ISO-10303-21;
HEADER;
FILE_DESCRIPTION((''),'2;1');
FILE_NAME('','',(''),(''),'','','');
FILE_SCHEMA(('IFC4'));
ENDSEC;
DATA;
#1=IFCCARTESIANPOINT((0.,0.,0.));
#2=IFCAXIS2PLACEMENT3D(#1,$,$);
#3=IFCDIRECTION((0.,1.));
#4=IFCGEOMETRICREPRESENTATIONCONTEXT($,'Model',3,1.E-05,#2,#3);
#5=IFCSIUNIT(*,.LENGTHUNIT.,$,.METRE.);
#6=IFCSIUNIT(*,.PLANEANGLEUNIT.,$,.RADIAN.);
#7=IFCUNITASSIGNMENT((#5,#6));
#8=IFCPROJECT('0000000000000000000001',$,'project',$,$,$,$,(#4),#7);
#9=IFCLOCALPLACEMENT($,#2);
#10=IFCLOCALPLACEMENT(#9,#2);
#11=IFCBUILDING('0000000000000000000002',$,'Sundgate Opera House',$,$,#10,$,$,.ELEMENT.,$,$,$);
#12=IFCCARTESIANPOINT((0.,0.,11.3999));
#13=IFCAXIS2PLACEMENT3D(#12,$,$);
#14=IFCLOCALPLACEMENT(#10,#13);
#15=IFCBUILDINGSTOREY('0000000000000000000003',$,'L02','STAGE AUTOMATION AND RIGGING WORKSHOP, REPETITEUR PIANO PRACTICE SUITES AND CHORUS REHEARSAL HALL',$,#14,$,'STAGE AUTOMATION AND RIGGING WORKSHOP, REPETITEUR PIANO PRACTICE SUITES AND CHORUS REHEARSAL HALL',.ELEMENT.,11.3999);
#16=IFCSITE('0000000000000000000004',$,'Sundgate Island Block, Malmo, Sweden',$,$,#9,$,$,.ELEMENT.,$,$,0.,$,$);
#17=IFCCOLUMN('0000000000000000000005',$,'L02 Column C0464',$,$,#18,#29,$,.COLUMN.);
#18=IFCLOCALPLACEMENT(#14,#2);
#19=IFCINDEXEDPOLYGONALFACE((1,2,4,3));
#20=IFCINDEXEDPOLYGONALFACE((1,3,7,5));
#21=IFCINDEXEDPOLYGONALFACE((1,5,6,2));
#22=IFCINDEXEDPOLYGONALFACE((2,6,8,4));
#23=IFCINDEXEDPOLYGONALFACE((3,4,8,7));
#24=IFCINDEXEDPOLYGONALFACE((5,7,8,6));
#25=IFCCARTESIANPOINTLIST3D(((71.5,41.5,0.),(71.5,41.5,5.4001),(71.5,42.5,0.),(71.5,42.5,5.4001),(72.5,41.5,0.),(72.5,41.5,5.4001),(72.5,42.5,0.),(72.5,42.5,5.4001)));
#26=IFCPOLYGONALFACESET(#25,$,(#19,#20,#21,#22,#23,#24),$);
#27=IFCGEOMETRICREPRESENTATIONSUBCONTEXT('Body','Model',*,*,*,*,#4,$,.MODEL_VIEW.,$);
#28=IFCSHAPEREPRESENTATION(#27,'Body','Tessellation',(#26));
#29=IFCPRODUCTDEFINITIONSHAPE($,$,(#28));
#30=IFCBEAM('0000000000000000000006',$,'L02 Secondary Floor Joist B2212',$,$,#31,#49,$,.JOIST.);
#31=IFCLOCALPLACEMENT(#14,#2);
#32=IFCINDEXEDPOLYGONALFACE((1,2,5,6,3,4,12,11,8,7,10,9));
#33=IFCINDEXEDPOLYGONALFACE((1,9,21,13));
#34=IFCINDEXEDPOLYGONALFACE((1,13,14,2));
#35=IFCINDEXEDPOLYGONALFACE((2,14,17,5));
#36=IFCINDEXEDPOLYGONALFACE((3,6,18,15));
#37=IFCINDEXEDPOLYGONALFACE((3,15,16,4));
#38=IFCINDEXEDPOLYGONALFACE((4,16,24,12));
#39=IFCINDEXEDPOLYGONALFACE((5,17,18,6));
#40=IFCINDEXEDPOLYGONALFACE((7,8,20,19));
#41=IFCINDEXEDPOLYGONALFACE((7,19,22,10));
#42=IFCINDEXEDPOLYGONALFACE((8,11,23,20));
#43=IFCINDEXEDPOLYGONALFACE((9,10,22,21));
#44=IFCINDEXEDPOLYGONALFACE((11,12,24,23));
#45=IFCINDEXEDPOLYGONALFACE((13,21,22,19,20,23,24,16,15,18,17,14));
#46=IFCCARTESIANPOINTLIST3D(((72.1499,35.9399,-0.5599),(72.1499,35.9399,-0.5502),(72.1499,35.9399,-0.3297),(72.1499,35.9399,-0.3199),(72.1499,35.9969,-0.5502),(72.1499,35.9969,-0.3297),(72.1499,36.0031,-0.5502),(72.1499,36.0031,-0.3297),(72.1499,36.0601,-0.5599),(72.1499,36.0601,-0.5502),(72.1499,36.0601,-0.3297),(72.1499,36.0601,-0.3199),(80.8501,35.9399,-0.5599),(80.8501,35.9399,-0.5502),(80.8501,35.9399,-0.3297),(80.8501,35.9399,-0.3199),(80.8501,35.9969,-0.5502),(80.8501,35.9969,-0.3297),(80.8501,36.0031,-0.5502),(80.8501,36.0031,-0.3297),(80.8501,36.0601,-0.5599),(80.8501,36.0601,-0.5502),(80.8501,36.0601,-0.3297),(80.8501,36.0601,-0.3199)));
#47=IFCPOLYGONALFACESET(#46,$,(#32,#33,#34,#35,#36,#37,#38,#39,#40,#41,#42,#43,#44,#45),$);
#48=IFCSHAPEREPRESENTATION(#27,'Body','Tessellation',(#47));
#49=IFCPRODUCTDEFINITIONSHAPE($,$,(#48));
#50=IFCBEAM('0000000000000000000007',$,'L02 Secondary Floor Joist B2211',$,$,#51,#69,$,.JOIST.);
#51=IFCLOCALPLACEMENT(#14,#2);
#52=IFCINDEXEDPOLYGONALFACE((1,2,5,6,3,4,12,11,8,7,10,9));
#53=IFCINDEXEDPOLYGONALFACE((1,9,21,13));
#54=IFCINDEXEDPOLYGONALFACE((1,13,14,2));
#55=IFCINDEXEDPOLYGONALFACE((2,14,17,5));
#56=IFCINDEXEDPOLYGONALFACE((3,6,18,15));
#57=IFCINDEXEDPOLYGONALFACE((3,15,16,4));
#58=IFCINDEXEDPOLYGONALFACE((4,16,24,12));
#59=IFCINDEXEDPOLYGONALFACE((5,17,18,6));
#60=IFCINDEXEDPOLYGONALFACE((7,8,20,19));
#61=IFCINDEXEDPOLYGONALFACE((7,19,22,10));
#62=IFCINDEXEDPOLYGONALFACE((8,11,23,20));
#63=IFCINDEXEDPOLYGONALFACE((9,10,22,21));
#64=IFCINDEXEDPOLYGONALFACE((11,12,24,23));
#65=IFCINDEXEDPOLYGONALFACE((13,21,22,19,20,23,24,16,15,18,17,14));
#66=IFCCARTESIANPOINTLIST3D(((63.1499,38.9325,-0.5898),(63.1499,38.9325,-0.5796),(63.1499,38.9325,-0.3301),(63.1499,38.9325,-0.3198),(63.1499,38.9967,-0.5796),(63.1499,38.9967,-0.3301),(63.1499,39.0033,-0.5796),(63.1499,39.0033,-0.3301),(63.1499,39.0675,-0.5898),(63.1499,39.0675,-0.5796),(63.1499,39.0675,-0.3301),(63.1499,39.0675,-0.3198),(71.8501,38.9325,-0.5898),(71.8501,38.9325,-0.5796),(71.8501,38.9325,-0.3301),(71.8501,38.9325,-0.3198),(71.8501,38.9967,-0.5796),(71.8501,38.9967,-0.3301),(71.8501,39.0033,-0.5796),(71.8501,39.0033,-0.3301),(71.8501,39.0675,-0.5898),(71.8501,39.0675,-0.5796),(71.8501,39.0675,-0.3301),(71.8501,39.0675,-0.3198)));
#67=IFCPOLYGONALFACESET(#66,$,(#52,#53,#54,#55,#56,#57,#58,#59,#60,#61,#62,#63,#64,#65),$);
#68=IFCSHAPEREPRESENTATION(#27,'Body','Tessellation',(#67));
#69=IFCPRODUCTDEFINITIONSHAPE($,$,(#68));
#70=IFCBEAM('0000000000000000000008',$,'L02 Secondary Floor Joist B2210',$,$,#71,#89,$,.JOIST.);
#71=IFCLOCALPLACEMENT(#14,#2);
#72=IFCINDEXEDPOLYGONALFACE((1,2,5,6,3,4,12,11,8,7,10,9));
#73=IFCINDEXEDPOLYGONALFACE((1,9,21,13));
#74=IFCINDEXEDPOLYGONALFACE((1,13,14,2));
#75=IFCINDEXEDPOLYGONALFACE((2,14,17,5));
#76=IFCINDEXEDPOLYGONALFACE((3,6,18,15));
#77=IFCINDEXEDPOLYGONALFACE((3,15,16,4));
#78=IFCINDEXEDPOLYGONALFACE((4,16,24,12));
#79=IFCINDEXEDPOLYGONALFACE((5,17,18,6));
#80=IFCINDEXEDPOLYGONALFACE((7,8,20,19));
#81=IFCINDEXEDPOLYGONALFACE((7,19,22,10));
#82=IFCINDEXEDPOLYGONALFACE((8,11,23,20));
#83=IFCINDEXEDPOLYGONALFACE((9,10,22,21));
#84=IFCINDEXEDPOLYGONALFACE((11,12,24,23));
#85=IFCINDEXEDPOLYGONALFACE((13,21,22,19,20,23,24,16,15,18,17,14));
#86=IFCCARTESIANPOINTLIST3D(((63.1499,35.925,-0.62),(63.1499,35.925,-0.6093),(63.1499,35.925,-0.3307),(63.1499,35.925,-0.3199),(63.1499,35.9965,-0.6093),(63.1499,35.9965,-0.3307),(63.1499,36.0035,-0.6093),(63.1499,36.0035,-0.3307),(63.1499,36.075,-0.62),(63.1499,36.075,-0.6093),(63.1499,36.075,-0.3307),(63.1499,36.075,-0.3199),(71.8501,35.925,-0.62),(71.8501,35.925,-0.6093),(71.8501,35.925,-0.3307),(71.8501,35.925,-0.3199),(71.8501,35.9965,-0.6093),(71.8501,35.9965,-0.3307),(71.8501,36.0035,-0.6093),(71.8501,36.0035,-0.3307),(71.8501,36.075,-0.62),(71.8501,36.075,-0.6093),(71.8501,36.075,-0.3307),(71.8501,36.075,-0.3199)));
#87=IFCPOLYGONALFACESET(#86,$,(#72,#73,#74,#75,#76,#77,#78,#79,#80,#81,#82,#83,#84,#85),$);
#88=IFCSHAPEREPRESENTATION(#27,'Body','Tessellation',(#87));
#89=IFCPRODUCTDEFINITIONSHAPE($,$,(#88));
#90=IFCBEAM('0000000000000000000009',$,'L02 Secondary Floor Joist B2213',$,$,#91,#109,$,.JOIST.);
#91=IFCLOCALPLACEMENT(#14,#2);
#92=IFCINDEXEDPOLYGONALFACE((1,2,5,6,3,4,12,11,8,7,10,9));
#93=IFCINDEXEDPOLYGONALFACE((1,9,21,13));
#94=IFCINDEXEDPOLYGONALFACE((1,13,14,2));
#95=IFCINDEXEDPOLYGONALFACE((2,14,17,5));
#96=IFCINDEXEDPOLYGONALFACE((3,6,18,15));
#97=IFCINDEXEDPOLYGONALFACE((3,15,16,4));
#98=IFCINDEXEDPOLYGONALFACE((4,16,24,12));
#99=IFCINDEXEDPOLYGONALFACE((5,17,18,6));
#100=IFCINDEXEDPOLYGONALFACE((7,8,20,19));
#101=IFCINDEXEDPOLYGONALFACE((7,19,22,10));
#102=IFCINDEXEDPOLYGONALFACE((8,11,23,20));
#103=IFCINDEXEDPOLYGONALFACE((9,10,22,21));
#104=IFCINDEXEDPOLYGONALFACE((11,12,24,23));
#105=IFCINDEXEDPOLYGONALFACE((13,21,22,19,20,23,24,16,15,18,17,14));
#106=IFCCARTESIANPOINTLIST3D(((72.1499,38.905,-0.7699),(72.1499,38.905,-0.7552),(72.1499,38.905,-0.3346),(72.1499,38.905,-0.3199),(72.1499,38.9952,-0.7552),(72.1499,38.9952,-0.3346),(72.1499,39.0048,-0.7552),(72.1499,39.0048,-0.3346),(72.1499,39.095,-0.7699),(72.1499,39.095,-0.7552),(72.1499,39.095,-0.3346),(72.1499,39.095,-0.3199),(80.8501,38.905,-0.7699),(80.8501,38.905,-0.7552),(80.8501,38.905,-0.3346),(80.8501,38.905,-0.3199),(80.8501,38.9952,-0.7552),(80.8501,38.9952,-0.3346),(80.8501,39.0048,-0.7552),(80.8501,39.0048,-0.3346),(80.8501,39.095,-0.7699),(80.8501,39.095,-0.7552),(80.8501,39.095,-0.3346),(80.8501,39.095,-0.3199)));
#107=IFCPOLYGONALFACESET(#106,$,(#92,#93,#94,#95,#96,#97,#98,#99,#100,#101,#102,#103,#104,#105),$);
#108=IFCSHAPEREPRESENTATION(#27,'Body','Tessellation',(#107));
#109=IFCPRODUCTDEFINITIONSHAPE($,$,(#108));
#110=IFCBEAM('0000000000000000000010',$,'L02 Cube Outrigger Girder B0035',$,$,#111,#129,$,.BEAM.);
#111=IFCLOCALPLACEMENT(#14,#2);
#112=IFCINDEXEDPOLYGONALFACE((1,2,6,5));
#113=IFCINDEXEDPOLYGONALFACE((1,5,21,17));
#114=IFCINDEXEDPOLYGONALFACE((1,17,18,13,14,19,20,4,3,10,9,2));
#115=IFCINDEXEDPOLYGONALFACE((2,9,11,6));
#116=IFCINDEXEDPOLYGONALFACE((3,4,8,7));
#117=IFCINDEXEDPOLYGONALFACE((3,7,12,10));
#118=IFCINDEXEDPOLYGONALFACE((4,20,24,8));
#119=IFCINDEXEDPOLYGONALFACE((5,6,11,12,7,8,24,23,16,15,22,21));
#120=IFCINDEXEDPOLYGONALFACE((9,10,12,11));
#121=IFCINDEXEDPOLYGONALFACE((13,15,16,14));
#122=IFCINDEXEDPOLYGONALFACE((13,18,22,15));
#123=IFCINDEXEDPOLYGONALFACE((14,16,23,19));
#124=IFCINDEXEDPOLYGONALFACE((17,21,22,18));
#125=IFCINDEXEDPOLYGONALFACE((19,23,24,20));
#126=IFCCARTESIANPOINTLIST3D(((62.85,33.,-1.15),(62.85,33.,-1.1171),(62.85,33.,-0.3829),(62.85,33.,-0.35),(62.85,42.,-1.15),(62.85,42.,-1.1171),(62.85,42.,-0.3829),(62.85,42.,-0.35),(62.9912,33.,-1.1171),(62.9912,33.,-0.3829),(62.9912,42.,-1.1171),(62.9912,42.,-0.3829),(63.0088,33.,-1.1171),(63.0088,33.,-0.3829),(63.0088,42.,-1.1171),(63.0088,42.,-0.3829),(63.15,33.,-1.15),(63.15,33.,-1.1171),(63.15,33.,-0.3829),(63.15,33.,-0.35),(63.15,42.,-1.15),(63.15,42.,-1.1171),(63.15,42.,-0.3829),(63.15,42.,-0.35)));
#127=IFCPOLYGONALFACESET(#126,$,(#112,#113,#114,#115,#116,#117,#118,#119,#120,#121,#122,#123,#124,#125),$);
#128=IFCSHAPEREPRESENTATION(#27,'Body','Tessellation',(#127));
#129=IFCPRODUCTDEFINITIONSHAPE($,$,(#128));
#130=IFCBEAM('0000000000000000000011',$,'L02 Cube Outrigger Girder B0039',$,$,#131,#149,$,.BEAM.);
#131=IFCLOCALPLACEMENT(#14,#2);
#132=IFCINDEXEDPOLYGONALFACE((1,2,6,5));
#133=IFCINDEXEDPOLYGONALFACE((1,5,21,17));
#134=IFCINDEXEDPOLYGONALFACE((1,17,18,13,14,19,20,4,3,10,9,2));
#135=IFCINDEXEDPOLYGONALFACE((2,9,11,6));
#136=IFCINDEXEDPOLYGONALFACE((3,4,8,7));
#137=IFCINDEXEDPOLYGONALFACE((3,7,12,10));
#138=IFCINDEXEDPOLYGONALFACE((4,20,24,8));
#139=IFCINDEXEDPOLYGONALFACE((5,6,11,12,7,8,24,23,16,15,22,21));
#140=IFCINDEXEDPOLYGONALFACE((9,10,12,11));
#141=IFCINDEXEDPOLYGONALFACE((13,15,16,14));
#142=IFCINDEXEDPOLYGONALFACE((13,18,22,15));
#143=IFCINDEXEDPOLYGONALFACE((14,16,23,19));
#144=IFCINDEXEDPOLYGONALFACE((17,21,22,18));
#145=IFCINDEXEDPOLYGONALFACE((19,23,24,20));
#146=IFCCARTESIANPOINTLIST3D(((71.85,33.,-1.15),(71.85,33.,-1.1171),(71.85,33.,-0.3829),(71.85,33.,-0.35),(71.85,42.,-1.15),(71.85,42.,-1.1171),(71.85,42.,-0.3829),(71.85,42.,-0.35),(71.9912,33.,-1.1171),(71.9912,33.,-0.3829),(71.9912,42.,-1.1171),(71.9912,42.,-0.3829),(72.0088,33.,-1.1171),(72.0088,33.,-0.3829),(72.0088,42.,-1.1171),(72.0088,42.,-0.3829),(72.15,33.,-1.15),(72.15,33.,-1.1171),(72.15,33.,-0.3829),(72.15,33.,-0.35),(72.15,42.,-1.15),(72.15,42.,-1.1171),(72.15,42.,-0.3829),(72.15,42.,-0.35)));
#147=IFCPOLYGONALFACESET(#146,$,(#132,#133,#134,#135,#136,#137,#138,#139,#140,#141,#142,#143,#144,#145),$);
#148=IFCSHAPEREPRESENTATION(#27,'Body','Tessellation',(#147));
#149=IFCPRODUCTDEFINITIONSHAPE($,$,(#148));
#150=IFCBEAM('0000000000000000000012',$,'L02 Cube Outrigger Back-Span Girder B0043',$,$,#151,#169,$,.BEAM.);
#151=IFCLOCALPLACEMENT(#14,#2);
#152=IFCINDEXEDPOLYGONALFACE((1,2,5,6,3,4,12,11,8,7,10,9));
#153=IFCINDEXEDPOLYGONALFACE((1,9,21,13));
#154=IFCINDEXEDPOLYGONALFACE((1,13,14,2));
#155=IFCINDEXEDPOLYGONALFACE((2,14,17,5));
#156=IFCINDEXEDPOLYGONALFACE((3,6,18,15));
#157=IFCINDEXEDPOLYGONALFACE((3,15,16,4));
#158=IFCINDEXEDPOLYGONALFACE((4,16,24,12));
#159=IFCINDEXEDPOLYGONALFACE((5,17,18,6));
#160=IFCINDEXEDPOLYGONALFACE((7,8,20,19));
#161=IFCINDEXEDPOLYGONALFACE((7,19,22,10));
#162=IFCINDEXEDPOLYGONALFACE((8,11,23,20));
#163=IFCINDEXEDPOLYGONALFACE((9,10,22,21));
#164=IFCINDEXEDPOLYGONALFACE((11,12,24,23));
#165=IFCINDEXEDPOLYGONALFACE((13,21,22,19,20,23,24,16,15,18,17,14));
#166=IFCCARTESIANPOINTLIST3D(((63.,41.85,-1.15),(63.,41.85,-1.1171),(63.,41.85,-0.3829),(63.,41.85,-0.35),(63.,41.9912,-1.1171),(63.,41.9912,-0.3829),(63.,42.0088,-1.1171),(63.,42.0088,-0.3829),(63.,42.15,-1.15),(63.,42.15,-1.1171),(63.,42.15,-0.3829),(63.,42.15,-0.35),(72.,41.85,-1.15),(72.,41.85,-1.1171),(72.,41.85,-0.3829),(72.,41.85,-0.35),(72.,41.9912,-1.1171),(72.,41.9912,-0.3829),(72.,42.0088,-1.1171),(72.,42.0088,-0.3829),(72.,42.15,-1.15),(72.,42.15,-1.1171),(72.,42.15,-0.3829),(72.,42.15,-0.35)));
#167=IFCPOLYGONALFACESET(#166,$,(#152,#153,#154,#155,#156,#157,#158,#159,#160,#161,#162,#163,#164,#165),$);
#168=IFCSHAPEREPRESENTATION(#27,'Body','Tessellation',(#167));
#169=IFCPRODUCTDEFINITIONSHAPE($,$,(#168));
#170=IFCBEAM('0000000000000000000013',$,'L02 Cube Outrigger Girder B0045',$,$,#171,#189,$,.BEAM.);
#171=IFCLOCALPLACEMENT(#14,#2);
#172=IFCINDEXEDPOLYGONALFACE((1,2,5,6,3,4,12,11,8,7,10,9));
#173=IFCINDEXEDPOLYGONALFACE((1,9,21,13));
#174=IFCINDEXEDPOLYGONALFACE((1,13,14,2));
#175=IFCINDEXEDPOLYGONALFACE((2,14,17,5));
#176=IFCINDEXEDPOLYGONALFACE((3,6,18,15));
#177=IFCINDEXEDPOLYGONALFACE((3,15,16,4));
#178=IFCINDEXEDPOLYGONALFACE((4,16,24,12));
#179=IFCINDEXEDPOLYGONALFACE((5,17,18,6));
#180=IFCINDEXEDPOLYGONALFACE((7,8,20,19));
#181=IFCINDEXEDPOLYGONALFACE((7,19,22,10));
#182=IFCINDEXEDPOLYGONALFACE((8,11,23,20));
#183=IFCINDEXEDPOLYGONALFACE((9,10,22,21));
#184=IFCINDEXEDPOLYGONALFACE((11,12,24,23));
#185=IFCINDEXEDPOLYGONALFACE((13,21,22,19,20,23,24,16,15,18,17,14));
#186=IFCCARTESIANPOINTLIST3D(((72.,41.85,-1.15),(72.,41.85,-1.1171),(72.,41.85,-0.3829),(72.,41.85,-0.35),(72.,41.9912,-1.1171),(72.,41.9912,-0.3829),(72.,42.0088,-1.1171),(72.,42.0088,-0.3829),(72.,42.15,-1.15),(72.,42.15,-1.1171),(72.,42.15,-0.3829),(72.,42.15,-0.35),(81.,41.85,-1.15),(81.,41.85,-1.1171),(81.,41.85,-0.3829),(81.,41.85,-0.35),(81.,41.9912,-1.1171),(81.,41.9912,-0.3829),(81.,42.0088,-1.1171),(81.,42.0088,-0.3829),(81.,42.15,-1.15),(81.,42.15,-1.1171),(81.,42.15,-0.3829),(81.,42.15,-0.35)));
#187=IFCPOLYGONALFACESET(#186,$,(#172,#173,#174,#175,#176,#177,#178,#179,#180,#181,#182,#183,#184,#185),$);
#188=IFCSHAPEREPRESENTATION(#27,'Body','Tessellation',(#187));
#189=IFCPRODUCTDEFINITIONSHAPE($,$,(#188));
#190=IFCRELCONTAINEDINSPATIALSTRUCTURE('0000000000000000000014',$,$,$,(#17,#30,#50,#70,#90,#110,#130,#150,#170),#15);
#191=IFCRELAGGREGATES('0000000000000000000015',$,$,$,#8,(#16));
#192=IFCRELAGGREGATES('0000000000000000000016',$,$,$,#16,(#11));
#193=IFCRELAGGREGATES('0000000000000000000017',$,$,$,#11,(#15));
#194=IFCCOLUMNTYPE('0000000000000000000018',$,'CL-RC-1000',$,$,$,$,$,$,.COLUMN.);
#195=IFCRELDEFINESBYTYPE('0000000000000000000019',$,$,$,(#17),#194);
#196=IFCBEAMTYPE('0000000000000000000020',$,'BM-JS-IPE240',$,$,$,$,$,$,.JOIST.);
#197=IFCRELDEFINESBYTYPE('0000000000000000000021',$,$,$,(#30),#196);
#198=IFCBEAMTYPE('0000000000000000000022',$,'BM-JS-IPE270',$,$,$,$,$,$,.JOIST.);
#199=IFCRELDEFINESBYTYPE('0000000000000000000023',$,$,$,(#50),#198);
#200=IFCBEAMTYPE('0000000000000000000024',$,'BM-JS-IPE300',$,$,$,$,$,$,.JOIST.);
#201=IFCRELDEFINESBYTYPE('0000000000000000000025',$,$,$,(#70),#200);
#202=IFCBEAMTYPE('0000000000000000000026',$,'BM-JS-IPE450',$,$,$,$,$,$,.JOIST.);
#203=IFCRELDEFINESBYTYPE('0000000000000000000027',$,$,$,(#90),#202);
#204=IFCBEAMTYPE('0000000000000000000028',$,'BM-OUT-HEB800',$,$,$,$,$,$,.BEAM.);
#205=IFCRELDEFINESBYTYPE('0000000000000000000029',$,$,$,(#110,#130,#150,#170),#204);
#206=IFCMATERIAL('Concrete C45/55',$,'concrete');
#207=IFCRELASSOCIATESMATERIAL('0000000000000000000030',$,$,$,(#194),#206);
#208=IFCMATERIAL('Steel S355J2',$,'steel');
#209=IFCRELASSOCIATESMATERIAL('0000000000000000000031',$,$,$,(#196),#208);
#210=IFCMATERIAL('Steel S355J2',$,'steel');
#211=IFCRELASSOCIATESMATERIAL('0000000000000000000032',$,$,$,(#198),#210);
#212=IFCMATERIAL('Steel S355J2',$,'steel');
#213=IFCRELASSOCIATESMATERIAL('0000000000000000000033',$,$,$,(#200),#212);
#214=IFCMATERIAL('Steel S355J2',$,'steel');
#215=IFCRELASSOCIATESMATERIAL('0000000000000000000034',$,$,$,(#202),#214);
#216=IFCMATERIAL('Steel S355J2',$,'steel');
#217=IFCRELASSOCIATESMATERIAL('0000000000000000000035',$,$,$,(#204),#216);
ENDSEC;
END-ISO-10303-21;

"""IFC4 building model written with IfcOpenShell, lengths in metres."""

from ifc_helpers import new_model, si_unit, direction, frame, origin, origin_2d, place, context, subcontext, project, spatial, rectangle, i_section, extrude, material, material_profile, profile_set, type_object, element, save


model = new_model("IFC4")

# Units and contexts
model_context = context("Model", 3, precision=1e-05, world=origin(), true_north=direction((0.0, 1.0)))
body_context = subcontext(model_context, "Body", "Model", "MODEL_VIEW")
ifc_project = project(units=[si_unit("LENGTHUNIT", "METRE"), si_unit("PLANEANGLEUNIT", "RADIAN")], contexts=[model_context])

# Site, building, storey
site_placement = place(None, origin())
site = spatial("IfcSite", under=ifc_project, at=site_placement, Name="Sundgate Island Block, Malmo, Sweden", CompositionType="ELEMENT", RefElevation=0.0)
building_placement = place(site_placement, origin())
building = spatial("IfcBuilding", under=site, at=building_placement, Name="Sundgate Opera House", CompositionType="ELEMENT")
storey_placement = place(building_placement, frame((0.0, 0.0, 11.3999)))
storey = spatial("IfcBuildingStorey", under=building, at=storey_placement, Name="L02", Description="STAGE AUTOMATION AND RIGGING WORKSHOP, REPETITEUR PIANO PRACTICE SUITES AND CHORUS REHEARSAL HALL", LongName="STAGE AUTOMATION AND RIGGING WORKSHOP, REPETITEUR PIANO PRACTICE SUITES AND CHORUS REHEARSAL HALL", CompositionType="ELEMENT", Elevation=11.3999)

# Column
ifc_material_1 = material(Name="Concrete C45/55", Category="concrete")
ifc_material_profile_1 = material_profile(ifc_material_1, rectangle(XDim=1.0, YDim=1.0, at=origin_2d()), Name="RC 1000x1000")
ifc_profile_set_1 = profile_set([ifc_material_profile_1], Name="Concrete C45/55")
column_type = type_object("IfcColumnType", Name="CL-RC-1000", PredefinedType="COLUMN", material=ifc_profile_set_1)
column_placement = place(storey_placement, frame((72.0, 42.0, 0.0), z_axis=(0.0, 0.0, 1.0), x_axis=(1.0, 0.0, 0.0)))
element("IfcColumn", 1, at=column_placement, inside=storey, type_object=column_type, Name="L02 Column C0464", PredefinedType="COLUMN", context=body_context, shape_type="SweptSolid", body=[
    extrude(rectangle(XDim=1.0, YDim=1.0, at=origin_2d()), origin(), (0.0, 0.0, 1.0), 5.4001),
])

# Beams
ifc_material_2 = material(Name="Steel S355J2", Category="steel")
ifc_material_profile_2 = material_profile(ifc_material_2, i_section(OverallWidth=0.1201, OverallDepth=0.24, WebThickness=0.0061, FlangeThickness=0.0098, at=origin_2d()), Name="IPE 240")
ifc_profile_set_2 = profile_set([ifc_material_profile_2], Name="Steel S355J2")
beam_type_1 = type_object("IfcBeamType", Name="BM-JS-IPE240", PredefinedType="JOIST", material=ifc_profile_set_2)
beam_1_placement = place(storey_placement, frame((72.1499, 36.0, -0.4399), z_axis=(1.0, 0.0, 0.0), x_axis=(0.0, 1.0, 0.0)))
element("IfcBeam", 2, at=beam_1_placement, inside=storey, type_object=beam_type_1, Name="L02 Secondary Floor Joist B2212", PredefinedType="JOIST", context=body_context, shape_type="SweptSolid", body=[
    extrude(i_section(OverallWidth=0.1201, OverallDepth=0.24, WebThickness=0.0061, FlangeThickness=0.0098, at=origin_2d()), origin(), (0.0, 0.0, 1.0), 8.7002),
])
ifc_material_3 = material(Name="Steel S355J2", Category="steel")
ifc_material_profile_3 = material_profile(ifc_material_3, i_section(OverallWidth=0.135, OverallDepth=0.27, WebThickness=0.0066, FlangeThickness=0.0103, at=origin_2d()), Name="IPE 270")
ifc_profile_set_3 = profile_set([ifc_material_profile_3], Name="Steel S355J2")
beam_type_2 = type_object("IfcBeamType", Name="BM-JS-IPE270", PredefinedType="JOIST", material=ifc_profile_set_3)
beam_2_placement = place(storey_placement, frame((63.1499, 39.0, -0.4548), z_axis=(1.0, 0.0, 0.0), x_axis=(0.0, 1.0, 0.0)))
element("IfcBeam", 3, at=beam_2_placement, inside=storey, type_object=beam_type_2, Name="L02 Secondary Floor Joist B2211", PredefinedType="JOIST", context=body_context, shape_type="SweptSolid", body=[
    extrude(i_section(OverallWidth=0.135, OverallDepth=0.27, WebThickness=0.0066, FlangeThickness=0.0103, at=origin_2d()), origin(), (0.0, 0.0, 1.0), 8.7002),
])
ifc_material_4 = material(Name="Steel S355J2", Category="steel")
ifc_material_profile_4 = material_profile(ifc_material_4, i_section(OverallWidth=0.1499, OverallDepth=0.3, WebThickness=0.0071, FlangeThickness=0.0107, at=origin_2d()), Name="IPE 300")
ifc_profile_set_4 = profile_set([ifc_material_profile_4], Name="Steel S355J2")
beam_type_3 = type_object("IfcBeamType", Name="BM-JS-IPE300", PredefinedType="JOIST", material=ifc_profile_set_4)
beam_3_placement = place(storey_placement, frame((63.1499, 36.0, -0.47), z_axis=(1.0, 0.0, 0.0), x_axis=(0.0, 1.0, 0.0)))
element("IfcBeam", 4, at=beam_3_placement, inside=storey, type_object=beam_type_3, Name="L02 Secondary Floor Joist B2210", PredefinedType="JOIST", context=body_context, shape_type="SweptSolid", body=[
    extrude(i_section(OverallWidth=0.1499, OverallDepth=0.3, WebThickness=0.0071, FlangeThickness=0.0107, at=origin_2d()), origin(), (0.0, 0.0, 1.0), 8.7002),
])
ifc_material_5 = material(Name="Steel S355J2", Category="steel")
ifc_material_profile_5 = material_profile(ifc_material_5, i_section(OverallWidth=0.1899, OverallDepth=0.45, WebThickness=0.0095, FlangeThickness=0.0146, at=origin_2d()), Name="IPE 450")
ifc_profile_set_5 = profile_set([ifc_material_profile_5], Name="Steel S355J2")
beam_type_4 = type_object("IfcBeamType", Name="BM-JS-IPE450", PredefinedType="JOIST", material=ifc_profile_set_5)
beam_4_placement = place(storey_placement, frame((72.1499, 39.0, -0.5449), z_axis=(1.0, 0.0, 0.0), x_axis=(0.0, 1.0, 0.0)))
element("IfcBeam", 5, at=beam_4_placement, inside=storey, type_object=beam_type_4, Name="L02 Secondary Floor Joist B2213", PredefinedType="JOIST", context=body_context, shape_type="SweptSolid", body=[
    extrude(i_section(OverallWidth=0.1899, OverallDepth=0.45, WebThickness=0.0095, FlangeThickness=0.0146, at=origin_2d()), origin(), (0.0, 0.0, 1.0), 8.7002),
])
ifc_material_6 = material(Name="Steel S355J2", Category="steel")
ifc_material_profile_6 = material_profile(ifc_material_6, i_section(OverallWidth=0.3, OverallDepth=0.8, WebThickness=0.0176, FlangeThickness=0.033, at=origin_2d()), Name="HEB 800")
ifc_profile_set_6 = profile_set([ifc_material_profile_6], Name="Steel S355J2")
beam_type_5 = type_object("IfcBeamType", Name="BM-OUT-HEB800", PredefinedType="BEAM", material=ifc_profile_set_6)
for number, where, z_axis, x_axis, name in (
    (6, (63.0, 42.0, -0.75), (0.0, -1.0, 0.0), (1.0, 0.0, 0.0), "L02 Cube Outrigger Girder B0035"),
    (7, (72.0, 42.0, -0.75), (0.0, -1.0, 0.0), (1.0, 0.0, 0.0), "L02 Cube Outrigger Girder B0039"),
    (8, (63.0, 42.0, -0.75), (1.0, 0.0, 0.0), (0.0, 1.0, 0.0), "L02 Cube Outrigger Back-Span Girder B0043"),
    (9, (72.0, 42.0, -0.75), (1.0, 0.0, 0.0), (0.0, 1.0, 0.0), "L02 Cube Outrigger Girder B0045"),
):
    element("IfcBeam", number, at=place(storey_placement, frame(where, z_axis=z_axis, x_axis=x_axis)), inside=storey, type_object=beam_type_5, Name=name, PredefinedType="BEAM", context=body_context, shape_type="SweptSolid", body=[
        extrude(i_section(OverallWidth=0.3, OverallDepth=0.8, WebThickness=0.0176, FlangeThickness=0.033, at=origin_2d()), origin(), (0.0, 0.0, 1.0), 9.0),
    ])

save(model, "model.ifc")
